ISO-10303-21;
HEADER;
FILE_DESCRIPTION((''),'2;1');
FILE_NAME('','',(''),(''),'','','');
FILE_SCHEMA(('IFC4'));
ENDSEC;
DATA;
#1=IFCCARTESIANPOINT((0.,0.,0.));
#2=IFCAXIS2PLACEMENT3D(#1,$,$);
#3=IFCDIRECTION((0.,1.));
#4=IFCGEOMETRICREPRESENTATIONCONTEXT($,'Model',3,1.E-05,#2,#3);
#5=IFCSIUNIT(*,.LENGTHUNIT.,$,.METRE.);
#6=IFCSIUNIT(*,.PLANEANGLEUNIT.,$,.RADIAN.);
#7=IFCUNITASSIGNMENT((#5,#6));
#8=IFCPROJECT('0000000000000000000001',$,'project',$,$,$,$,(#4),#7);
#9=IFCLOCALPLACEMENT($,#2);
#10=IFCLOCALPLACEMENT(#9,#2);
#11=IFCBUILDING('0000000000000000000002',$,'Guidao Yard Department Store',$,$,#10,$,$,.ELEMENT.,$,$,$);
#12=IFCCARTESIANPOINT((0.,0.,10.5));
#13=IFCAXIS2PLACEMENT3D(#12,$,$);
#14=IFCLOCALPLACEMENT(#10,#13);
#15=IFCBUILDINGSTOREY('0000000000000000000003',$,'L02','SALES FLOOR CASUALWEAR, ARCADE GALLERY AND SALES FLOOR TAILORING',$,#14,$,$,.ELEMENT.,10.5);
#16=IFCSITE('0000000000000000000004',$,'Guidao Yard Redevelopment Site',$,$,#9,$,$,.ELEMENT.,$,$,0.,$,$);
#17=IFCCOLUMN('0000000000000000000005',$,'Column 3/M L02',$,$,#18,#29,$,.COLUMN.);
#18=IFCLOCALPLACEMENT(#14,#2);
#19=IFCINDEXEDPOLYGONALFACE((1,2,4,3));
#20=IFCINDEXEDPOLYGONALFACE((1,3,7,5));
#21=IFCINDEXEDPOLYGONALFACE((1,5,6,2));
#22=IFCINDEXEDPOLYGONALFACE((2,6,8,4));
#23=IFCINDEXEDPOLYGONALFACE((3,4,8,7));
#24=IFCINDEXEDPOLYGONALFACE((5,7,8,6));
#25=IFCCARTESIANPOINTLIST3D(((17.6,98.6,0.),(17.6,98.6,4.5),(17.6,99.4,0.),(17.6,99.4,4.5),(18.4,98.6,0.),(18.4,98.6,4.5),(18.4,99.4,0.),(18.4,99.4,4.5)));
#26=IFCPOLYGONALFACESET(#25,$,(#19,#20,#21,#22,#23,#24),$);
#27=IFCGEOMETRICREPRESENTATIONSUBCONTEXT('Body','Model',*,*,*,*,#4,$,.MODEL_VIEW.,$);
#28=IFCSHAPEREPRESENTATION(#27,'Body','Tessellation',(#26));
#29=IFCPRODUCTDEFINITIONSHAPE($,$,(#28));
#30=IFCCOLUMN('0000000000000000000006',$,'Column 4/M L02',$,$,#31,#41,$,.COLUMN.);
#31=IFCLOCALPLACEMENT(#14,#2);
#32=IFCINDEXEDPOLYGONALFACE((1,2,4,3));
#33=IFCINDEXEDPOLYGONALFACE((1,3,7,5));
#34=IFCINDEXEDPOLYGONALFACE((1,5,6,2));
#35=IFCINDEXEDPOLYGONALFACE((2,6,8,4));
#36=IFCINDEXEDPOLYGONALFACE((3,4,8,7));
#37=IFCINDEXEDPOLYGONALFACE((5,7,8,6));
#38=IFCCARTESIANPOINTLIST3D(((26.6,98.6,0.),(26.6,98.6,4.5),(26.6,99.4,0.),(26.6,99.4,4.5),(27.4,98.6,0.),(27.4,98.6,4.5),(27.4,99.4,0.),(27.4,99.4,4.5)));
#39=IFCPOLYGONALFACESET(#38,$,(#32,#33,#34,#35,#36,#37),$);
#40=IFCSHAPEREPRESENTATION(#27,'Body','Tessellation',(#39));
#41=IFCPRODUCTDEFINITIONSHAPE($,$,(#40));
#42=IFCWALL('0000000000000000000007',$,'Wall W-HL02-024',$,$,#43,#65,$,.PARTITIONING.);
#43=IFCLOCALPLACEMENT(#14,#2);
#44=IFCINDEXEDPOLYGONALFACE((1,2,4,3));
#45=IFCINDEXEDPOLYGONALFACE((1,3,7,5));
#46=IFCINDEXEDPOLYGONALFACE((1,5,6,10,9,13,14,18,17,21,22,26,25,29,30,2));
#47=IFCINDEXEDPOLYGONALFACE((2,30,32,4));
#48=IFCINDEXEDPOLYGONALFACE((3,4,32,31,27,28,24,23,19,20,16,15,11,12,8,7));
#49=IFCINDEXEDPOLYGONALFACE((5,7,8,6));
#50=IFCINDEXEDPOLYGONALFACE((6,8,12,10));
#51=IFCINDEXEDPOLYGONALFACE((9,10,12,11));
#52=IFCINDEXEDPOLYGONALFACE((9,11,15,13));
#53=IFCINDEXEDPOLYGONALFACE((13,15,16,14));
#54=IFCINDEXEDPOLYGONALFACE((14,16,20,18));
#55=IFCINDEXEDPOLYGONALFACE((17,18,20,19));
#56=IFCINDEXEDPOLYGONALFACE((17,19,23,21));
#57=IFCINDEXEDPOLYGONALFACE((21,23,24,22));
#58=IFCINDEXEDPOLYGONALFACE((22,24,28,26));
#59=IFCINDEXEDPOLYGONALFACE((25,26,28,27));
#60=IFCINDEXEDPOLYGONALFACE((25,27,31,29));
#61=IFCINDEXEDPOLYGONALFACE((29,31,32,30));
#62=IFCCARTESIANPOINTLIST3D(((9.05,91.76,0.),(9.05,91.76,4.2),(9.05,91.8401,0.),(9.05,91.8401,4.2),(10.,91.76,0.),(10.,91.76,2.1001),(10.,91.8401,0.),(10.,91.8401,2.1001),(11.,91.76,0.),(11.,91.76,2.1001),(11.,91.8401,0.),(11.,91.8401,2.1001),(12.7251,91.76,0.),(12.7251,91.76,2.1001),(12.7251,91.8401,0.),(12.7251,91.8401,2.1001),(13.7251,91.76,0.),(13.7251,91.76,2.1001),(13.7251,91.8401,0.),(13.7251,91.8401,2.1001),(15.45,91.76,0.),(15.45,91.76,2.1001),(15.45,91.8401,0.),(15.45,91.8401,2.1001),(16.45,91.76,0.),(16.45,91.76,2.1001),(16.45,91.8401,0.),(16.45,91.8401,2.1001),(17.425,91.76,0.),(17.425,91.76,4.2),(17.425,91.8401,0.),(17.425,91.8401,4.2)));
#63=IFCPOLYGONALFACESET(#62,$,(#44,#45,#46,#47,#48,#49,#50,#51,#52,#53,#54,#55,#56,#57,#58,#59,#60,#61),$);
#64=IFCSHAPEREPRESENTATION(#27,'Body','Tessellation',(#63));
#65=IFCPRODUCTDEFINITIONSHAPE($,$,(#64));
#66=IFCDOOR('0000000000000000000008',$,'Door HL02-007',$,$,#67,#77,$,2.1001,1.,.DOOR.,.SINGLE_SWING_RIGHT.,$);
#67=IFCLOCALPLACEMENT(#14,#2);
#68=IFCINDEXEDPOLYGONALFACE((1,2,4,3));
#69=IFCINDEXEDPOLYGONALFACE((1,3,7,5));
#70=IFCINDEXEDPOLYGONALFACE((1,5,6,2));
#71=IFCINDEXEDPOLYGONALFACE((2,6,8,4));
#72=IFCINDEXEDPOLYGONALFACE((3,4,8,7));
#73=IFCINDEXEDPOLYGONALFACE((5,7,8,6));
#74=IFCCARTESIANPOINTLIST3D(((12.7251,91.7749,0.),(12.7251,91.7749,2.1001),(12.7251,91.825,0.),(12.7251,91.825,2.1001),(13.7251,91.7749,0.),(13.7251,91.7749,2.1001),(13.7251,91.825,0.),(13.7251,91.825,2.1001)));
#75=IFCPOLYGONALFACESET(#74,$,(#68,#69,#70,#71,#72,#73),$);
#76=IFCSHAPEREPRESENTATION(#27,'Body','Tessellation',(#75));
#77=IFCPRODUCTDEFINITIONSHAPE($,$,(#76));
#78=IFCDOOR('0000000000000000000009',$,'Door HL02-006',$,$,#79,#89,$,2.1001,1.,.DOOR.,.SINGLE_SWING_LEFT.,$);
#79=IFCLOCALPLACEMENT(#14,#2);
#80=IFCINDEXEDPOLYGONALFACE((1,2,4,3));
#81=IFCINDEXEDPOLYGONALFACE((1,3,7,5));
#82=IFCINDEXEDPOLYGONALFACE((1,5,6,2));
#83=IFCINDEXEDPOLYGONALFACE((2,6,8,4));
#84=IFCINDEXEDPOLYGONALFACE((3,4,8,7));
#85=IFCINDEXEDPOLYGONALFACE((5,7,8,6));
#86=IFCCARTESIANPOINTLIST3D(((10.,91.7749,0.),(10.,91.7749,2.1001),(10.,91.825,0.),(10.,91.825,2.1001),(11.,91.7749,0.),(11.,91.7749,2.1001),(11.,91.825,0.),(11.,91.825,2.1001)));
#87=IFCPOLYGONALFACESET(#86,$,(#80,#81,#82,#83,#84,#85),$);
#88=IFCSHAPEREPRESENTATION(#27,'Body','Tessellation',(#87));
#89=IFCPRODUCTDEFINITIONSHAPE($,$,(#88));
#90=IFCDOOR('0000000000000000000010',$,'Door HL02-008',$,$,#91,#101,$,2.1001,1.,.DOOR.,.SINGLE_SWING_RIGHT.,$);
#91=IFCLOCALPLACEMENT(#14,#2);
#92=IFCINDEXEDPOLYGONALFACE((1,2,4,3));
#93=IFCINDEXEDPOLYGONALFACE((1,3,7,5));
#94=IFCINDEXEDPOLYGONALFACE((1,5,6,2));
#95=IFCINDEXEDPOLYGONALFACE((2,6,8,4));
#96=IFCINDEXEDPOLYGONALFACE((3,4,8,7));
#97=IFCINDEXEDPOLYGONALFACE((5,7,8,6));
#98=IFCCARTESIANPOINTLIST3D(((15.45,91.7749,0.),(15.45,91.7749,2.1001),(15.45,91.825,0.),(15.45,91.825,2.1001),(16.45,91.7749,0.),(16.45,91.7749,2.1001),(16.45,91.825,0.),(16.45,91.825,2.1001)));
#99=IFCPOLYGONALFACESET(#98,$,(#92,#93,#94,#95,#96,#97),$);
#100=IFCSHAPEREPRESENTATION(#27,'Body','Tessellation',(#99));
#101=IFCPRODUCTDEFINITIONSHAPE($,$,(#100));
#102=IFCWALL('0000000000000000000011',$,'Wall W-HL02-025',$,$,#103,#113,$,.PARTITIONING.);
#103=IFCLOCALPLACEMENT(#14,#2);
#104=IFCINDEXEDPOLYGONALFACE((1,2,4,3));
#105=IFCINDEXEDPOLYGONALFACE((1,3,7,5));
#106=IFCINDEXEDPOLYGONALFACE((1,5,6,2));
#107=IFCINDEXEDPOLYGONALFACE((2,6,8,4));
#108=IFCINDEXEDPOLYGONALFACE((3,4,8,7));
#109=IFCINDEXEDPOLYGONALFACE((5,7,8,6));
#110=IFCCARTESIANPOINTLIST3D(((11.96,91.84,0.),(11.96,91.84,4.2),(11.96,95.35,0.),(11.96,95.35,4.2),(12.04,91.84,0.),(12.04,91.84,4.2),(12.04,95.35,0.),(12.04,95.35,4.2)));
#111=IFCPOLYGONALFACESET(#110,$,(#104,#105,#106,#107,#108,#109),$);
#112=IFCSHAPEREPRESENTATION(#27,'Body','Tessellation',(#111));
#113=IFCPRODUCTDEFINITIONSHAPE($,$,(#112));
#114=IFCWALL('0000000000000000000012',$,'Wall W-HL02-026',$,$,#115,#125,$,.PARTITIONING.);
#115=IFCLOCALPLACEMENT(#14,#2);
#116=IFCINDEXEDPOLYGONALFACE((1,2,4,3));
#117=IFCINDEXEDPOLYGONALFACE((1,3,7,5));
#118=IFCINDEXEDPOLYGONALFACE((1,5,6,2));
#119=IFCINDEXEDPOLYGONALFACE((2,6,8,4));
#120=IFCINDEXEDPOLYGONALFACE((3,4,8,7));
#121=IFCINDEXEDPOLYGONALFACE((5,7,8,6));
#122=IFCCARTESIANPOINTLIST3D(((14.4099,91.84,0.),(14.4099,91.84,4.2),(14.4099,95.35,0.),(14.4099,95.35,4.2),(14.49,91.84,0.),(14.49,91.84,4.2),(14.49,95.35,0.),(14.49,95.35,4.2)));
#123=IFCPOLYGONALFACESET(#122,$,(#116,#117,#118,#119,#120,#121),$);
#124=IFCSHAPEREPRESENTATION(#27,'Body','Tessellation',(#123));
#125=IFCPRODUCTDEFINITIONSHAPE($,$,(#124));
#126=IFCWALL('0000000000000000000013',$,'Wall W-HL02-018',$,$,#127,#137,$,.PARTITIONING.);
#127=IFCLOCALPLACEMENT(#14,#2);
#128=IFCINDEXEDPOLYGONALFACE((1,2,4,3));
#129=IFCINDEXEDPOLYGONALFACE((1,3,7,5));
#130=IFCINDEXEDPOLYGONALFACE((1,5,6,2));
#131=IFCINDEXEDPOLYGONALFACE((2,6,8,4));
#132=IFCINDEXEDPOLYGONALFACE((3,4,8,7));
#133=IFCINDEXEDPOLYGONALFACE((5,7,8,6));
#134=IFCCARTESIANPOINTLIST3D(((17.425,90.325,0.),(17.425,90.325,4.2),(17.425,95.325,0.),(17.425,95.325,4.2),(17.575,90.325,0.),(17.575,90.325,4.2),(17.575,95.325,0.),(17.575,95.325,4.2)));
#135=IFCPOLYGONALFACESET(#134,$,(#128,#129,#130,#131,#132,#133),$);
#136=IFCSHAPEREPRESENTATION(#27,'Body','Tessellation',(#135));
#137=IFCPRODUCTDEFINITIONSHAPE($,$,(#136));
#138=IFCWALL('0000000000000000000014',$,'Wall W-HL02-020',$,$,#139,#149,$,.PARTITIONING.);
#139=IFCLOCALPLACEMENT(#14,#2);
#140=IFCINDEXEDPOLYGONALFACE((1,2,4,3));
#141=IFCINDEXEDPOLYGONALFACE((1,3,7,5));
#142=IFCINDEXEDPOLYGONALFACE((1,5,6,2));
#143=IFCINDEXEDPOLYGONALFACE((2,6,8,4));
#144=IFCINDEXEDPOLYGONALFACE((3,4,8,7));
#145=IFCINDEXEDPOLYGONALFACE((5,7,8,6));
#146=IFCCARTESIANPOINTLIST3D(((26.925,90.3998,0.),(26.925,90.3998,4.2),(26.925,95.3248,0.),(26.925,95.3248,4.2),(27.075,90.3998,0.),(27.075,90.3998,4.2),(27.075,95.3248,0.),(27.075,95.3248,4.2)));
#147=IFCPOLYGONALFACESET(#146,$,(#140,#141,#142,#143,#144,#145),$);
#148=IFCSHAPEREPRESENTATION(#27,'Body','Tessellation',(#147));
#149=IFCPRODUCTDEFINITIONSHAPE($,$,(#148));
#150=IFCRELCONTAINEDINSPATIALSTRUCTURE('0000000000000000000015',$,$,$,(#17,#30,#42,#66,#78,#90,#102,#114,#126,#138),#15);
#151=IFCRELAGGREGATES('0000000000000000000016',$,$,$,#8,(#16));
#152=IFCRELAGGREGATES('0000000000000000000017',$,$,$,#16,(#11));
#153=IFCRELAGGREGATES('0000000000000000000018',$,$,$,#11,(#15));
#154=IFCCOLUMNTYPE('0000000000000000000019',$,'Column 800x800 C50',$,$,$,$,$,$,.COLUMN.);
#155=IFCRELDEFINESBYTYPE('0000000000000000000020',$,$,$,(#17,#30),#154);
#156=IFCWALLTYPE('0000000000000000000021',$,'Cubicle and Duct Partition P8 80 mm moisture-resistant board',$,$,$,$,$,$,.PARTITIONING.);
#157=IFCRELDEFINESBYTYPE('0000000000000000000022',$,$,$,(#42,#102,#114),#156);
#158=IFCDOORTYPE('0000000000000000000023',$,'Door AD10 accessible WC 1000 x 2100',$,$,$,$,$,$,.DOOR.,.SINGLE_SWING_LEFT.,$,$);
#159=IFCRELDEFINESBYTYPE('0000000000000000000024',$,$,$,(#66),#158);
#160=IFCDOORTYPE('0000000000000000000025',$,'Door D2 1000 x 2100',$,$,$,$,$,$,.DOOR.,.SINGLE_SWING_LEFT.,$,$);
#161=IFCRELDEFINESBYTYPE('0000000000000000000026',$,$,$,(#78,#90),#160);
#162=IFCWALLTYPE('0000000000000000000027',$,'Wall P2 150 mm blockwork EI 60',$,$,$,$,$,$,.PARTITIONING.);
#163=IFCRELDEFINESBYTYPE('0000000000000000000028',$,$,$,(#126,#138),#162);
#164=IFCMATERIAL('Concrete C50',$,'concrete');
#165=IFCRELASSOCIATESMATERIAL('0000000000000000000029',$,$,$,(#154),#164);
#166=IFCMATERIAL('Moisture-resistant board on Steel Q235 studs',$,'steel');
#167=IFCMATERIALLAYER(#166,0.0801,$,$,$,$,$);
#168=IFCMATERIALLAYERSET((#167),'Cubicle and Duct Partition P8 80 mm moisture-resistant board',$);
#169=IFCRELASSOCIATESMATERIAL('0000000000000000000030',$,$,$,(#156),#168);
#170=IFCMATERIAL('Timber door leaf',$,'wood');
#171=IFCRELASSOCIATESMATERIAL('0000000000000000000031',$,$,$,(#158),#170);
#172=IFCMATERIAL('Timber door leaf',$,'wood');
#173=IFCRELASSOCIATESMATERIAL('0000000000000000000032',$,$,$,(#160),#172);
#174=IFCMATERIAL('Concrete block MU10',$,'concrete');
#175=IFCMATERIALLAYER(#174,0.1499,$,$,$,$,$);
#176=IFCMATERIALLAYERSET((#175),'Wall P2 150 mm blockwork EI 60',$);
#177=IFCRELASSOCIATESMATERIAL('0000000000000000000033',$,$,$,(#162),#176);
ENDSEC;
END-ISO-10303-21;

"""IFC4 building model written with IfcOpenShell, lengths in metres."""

from ifc_helpers import new_model, si_unit, direction, frame, frame_2d, origin, origin_2d, place, context, subcontext, project, spatial, rectangle, extrude, material, layer, layer_set, material_profile, profile_set, type_object, element, fill, save


model = new_model("IFC4")

# Units and contexts
model_context = context("Model", 3, precision=1e-05, world=origin(), true_north=direction((0.0, 1.0)))
body_context = subcontext(model_context, "Body", "Model", "MODEL_VIEW")
ifc_project = project(units=[si_unit("LENGTHUNIT", "METRE"), si_unit("PLANEANGLEUNIT", "RADIAN")], contexts=[model_context])

# Site, building, storey
site_placement = place(None, origin())
site = spatial("IfcSite", under=ifc_project, at=site_placement, Name="Guidao Yard Redevelopment Site", CompositionType="ELEMENT", RefElevation=0.0)
building_placement = place(site_placement, origin())
building = spatial("IfcBuilding", under=site, at=building_placement, Name="Guidao Yard Department Store", CompositionType="ELEMENT")
storey_placement = place(building_placement, frame((0.0, 0.0, 10.5)))
storey = spatial("IfcBuildingStorey", under=building, at=storey_placement, Name="L02", Description="SALES FLOOR CASUALWEAR, ARCADE GALLERY AND SALES FLOOR TAILORING", CompositionType="ELEMENT", Elevation=10.5)

# Columns
ifc_material_1 = material(Name="Concrete C50", Category="concrete")
ifc_material_profile = material_profile(ifc_material_1, rectangle(XDim=0.8, YDim=0.8, at=origin_2d()), Name="COL 800x800")
ifc_profile_set = profile_set([ifc_material_profile], Name="Concrete C50")
column_type = type_object("IfcColumnType", Name="Column 800x800 C50", PredefinedType="COLUMN", material=ifc_profile_set)
for number, where, z_axis, x_axis, name in (
    (1, (18.0, 99.0, 0.0), (0.0, 0.0, 1.0), (1.0, 0.0, 0.0), "Column 3/M L02"),
    (2, (27.0, 99.0, 0.0), (0.0, 0.0, 1.0), (1.0, 0.0, 0.0), "Column 4/M L02"),
):
    element("IfcColumn", number, at=place(storey_placement, frame(where, z_axis=z_axis, x_axis=x_axis)), inside=storey, type_object=column_type, Name=name, PredefinedType="COLUMN", context=body_context, shape_type="SweptSolid", body=[
        extrude(rectangle(XDim=0.8, YDim=0.8, at=origin_2d()), origin(), (0.0, 0.0, 1.0), 4.5),
    ])

# Wall, openings, doors
ifc_material_2 = material(Name="Moisture-resistant board on Steel Q235 studs", Category="steel")
ifc_layer_1 = layer(ifc_material_2, 0.0801)
ifc_layer_set_1 = layer_set([ifc_layer_1], Name="Cubicle and Duct Partition P8 80 mm moisture-resistant board")
wall_type_1 = type_object("IfcWallType", Name="Cubicle and Duct Partition P8 80 mm moisture-resistant board", PredefinedType="PARTITIONING", material=ifc_layer_set_1)
wall_1_placement = place(storey_placement, frame((9.05, 91.8, 0.0), z_axis=(0.0, 0.0, 1.0), x_axis=(1.0, 0.0, 0.0)))
wall_1 = element("IfcWall", 3, at=wall_1_placement, inside=storey, type_object=wall_type_1, Name="Wall W-HL02-024", PredefinedType="PARTITIONING", context=body_context, shape_type="SweptSolid", body=[
    extrude(rectangle(XDim=8.375, YDim=0.0801, at=frame_2d((4.1875, 0.0))), origin(), (0.0, 0.0, 1.0), 4.2),
])
opening_1_placement = place(wall_1_placement, frame((0.95, 0.0, 0.0)))
opening_1 = element("IfcOpeningElement", 4, at=opening_1_placement, cuts=wall_1, PredefinedType="OPENING", context=body_context, shape_type="SweptSolid", body=[
    extrude(rectangle(XDim=1.0, YDim=2.1001, at=frame_2d((0.5, 1.05))), frame((0.0, 0.05, 0.0), z_axis=(0.0, -1.0, 0.0), x_axis=(1.0, 0.0, 0.0)), (0.0, 0.0, 1.0), 0.1001),
])
opening_2_placement = place(wall_1_placement, frame((3.675, 0.0, 0.0)))
opening_2 = element("IfcOpeningElement", 5, at=opening_2_placement, cuts=wall_1, PredefinedType="OPENING", context=body_context, shape_type="SweptSolid", body=[
    extrude(rectangle(XDim=1.0, YDim=2.1001, at=frame_2d((0.5, 1.05))), frame((0.0, 0.05, 0.0), z_axis=(0.0, -1.0, 0.0), x_axis=(1.0, 0.0, 0.0)), (0.0, 0.0, 1.0), 0.1001),
])
opening_3_placement = place(wall_1_placement, frame((6.3999, 0.0, 0.0)))
opening_3 = element("IfcOpeningElement", 6, at=opening_3_placement, cuts=wall_1, PredefinedType="OPENING", context=body_context, shape_type="SweptSolid", body=[
    extrude(rectangle(XDim=1.0, YDim=2.1001, at=frame_2d((0.5, 1.05))), frame((0.0, 0.05, 0.0), z_axis=(0.0, -1.0, 0.0), x_axis=(1.0, 0.0, 0.0)), (0.0, 0.0, 1.0), 0.1001),
])
ifc_material_3 = material(Name="Timber door leaf", Category="wood")
door_type_1 = type_object("IfcDoorType", Name="Door AD10 accessible WC 1000 x 2100", OperationType="SINGLE_SWING_LEFT", PredefinedType="DOOR", material=ifc_material_3)
door_1_placement = place(opening_2_placement, origin())
door_1 = element("IfcDoor", 7, at=door_1_placement, inside=storey, type_object=door_type_1, Name="Door HL02-007", OperationType="SINGLE_SWING_RIGHT", OverallHeight=2.1001, OverallWidth=1.0, PredefinedType="DOOR", context=body_context, shape_type="SweptSolid", body=[
    extrude(rectangle(XDim=1.0, YDim=2.1001, at=frame_2d((0.5, 1.05))), frame((0.0, 0.0249, 0.0), z_axis=(0.0, -1.0, 0.0), x_axis=(1.0, 0.0, 0.0)), (0.0, 0.0, 1.0), 0.05),
])
fill(opening_2, door_1)
ifc_material_4 = material(Name="Timber door leaf", Category="wood")
door_type_2 = type_object("IfcDoorType", Name="Door D2 1000 x 2100", OperationType="SINGLE_SWING_LEFT", PredefinedType="DOOR", material=ifc_material_4)
door_2_placement = place(opening_1_placement, origin())
door_2 = element("IfcDoor", 8, at=door_2_placement, inside=storey, type_object=door_type_2, Name="Door HL02-006", OperationType="SINGLE_SWING_LEFT", OverallHeight=2.1001, OverallWidth=1.0, PredefinedType="DOOR", context=body_context, shape_type="SweptSolid", body=[
    extrude(rectangle(XDim=1.0, YDim=2.1001, at=frame_2d((0.5, 1.05))), frame((0.0, 0.0249, 0.0), z_axis=(0.0, -1.0, 0.0), x_axis=(1.0, 0.0, 0.0)), (0.0, 0.0, 1.0), 0.05),
])
fill(opening_1, door_2)
door_3_placement = place(opening_3_placement, origin())
door_3 = element("IfcDoor", 9, at=door_3_placement, inside=storey, type_object=door_type_2, Name="Door HL02-008", OperationType="SINGLE_SWING_RIGHT", OverallHeight=2.1001, OverallWidth=1.0, PredefinedType="DOOR", context=body_context, shape_type="SweptSolid", body=[
    extrude(rectangle(XDim=1.0, YDim=2.1001, at=frame_2d((0.5, 1.05))), frame((0.0, 0.0249, 0.0), z_axis=(0.0, -1.0, 0.0), x_axis=(1.0, 0.0, 0.0)), (0.0, 0.0, 1.0), 0.05),
])
fill(opening_3, door_3)

# Walls
for number, where, z_axis, x_axis, name in (
    (10, (12.0, 91.8401, 0.0), (0.0, 0.0, 1.0), (0.0, 1.0, 0.0), "Wall W-HL02-025"),
    (11, (14.45, 91.8401, 0.0), (0.0, 0.0, 1.0), (0.0, 1.0, 0.0), "Wall W-HL02-026"),
):
    element("IfcWall", number, at=place(storey_placement, frame(where, z_axis=z_axis, x_axis=x_axis)), inside=storey, type_object=wall_type_1, Name=name, PredefinedType="PARTITIONING", context=body_context, shape_type="SweptSolid", body=[
        extrude(rectangle(XDim=3.51, YDim=0.0801, at=frame_2d((1.7549, 0.0))), origin(), (0.0, 0.0, 1.0), 4.2),
    ])
ifc_material_5 = material(Name="Concrete block MU10", Category="concrete")
ifc_layer_2 = layer(ifc_material_5, 0.1499)
ifc_layer_set_2 = layer_set([ifc_layer_2], Name="Wall P2 150 mm blockwork EI 60")
wall_type_2 = type_object("IfcWallType", Name="Wall P2 150 mm blockwork EI 60", PredefinedType="PARTITIONING", material=ifc_layer_set_2)
wall_2_placement = place(storey_placement, frame((17.5, 90.325, 0.0), z_axis=(0.0, 0.0, 1.0), x_axis=(0.0, 1.0, 0.0)))
element("IfcWall", 12, at=wall_2_placement, inside=storey, type_object=wall_type_2, Name="Wall W-HL02-018", PredefinedType="PARTITIONING", context=body_context, shape_type="SweptSolid", body=[
    extrude(rectangle(XDim=5.0, YDim=0.1499, at=frame_2d((2.5, 0.0))), origin(), (0.0, 0.0, 1.0), 4.2),
])
wall_3_placement = place(storey_placement, frame((27.0, 90.3999, 0.0), z_axis=(0.0, 0.0, 1.0), x_axis=(0.0, 1.0, 0.0)))
element("IfcWall", 13, at=wall_3_placement, inside=storey, type_object=wall_type_2, Name="Wall W-HL02-020", PredefinedType="PARTITIONING", context=body_context, shape_type="SweptSolid", body=[
    extrude(rectangle(XDim=4.925, YDim=0.1499, at=frame_2d((2.4624, 0.0))), origin(), (0.0, 0.0, 1.0), 4.2),
])

save(model, "model.ifc")
